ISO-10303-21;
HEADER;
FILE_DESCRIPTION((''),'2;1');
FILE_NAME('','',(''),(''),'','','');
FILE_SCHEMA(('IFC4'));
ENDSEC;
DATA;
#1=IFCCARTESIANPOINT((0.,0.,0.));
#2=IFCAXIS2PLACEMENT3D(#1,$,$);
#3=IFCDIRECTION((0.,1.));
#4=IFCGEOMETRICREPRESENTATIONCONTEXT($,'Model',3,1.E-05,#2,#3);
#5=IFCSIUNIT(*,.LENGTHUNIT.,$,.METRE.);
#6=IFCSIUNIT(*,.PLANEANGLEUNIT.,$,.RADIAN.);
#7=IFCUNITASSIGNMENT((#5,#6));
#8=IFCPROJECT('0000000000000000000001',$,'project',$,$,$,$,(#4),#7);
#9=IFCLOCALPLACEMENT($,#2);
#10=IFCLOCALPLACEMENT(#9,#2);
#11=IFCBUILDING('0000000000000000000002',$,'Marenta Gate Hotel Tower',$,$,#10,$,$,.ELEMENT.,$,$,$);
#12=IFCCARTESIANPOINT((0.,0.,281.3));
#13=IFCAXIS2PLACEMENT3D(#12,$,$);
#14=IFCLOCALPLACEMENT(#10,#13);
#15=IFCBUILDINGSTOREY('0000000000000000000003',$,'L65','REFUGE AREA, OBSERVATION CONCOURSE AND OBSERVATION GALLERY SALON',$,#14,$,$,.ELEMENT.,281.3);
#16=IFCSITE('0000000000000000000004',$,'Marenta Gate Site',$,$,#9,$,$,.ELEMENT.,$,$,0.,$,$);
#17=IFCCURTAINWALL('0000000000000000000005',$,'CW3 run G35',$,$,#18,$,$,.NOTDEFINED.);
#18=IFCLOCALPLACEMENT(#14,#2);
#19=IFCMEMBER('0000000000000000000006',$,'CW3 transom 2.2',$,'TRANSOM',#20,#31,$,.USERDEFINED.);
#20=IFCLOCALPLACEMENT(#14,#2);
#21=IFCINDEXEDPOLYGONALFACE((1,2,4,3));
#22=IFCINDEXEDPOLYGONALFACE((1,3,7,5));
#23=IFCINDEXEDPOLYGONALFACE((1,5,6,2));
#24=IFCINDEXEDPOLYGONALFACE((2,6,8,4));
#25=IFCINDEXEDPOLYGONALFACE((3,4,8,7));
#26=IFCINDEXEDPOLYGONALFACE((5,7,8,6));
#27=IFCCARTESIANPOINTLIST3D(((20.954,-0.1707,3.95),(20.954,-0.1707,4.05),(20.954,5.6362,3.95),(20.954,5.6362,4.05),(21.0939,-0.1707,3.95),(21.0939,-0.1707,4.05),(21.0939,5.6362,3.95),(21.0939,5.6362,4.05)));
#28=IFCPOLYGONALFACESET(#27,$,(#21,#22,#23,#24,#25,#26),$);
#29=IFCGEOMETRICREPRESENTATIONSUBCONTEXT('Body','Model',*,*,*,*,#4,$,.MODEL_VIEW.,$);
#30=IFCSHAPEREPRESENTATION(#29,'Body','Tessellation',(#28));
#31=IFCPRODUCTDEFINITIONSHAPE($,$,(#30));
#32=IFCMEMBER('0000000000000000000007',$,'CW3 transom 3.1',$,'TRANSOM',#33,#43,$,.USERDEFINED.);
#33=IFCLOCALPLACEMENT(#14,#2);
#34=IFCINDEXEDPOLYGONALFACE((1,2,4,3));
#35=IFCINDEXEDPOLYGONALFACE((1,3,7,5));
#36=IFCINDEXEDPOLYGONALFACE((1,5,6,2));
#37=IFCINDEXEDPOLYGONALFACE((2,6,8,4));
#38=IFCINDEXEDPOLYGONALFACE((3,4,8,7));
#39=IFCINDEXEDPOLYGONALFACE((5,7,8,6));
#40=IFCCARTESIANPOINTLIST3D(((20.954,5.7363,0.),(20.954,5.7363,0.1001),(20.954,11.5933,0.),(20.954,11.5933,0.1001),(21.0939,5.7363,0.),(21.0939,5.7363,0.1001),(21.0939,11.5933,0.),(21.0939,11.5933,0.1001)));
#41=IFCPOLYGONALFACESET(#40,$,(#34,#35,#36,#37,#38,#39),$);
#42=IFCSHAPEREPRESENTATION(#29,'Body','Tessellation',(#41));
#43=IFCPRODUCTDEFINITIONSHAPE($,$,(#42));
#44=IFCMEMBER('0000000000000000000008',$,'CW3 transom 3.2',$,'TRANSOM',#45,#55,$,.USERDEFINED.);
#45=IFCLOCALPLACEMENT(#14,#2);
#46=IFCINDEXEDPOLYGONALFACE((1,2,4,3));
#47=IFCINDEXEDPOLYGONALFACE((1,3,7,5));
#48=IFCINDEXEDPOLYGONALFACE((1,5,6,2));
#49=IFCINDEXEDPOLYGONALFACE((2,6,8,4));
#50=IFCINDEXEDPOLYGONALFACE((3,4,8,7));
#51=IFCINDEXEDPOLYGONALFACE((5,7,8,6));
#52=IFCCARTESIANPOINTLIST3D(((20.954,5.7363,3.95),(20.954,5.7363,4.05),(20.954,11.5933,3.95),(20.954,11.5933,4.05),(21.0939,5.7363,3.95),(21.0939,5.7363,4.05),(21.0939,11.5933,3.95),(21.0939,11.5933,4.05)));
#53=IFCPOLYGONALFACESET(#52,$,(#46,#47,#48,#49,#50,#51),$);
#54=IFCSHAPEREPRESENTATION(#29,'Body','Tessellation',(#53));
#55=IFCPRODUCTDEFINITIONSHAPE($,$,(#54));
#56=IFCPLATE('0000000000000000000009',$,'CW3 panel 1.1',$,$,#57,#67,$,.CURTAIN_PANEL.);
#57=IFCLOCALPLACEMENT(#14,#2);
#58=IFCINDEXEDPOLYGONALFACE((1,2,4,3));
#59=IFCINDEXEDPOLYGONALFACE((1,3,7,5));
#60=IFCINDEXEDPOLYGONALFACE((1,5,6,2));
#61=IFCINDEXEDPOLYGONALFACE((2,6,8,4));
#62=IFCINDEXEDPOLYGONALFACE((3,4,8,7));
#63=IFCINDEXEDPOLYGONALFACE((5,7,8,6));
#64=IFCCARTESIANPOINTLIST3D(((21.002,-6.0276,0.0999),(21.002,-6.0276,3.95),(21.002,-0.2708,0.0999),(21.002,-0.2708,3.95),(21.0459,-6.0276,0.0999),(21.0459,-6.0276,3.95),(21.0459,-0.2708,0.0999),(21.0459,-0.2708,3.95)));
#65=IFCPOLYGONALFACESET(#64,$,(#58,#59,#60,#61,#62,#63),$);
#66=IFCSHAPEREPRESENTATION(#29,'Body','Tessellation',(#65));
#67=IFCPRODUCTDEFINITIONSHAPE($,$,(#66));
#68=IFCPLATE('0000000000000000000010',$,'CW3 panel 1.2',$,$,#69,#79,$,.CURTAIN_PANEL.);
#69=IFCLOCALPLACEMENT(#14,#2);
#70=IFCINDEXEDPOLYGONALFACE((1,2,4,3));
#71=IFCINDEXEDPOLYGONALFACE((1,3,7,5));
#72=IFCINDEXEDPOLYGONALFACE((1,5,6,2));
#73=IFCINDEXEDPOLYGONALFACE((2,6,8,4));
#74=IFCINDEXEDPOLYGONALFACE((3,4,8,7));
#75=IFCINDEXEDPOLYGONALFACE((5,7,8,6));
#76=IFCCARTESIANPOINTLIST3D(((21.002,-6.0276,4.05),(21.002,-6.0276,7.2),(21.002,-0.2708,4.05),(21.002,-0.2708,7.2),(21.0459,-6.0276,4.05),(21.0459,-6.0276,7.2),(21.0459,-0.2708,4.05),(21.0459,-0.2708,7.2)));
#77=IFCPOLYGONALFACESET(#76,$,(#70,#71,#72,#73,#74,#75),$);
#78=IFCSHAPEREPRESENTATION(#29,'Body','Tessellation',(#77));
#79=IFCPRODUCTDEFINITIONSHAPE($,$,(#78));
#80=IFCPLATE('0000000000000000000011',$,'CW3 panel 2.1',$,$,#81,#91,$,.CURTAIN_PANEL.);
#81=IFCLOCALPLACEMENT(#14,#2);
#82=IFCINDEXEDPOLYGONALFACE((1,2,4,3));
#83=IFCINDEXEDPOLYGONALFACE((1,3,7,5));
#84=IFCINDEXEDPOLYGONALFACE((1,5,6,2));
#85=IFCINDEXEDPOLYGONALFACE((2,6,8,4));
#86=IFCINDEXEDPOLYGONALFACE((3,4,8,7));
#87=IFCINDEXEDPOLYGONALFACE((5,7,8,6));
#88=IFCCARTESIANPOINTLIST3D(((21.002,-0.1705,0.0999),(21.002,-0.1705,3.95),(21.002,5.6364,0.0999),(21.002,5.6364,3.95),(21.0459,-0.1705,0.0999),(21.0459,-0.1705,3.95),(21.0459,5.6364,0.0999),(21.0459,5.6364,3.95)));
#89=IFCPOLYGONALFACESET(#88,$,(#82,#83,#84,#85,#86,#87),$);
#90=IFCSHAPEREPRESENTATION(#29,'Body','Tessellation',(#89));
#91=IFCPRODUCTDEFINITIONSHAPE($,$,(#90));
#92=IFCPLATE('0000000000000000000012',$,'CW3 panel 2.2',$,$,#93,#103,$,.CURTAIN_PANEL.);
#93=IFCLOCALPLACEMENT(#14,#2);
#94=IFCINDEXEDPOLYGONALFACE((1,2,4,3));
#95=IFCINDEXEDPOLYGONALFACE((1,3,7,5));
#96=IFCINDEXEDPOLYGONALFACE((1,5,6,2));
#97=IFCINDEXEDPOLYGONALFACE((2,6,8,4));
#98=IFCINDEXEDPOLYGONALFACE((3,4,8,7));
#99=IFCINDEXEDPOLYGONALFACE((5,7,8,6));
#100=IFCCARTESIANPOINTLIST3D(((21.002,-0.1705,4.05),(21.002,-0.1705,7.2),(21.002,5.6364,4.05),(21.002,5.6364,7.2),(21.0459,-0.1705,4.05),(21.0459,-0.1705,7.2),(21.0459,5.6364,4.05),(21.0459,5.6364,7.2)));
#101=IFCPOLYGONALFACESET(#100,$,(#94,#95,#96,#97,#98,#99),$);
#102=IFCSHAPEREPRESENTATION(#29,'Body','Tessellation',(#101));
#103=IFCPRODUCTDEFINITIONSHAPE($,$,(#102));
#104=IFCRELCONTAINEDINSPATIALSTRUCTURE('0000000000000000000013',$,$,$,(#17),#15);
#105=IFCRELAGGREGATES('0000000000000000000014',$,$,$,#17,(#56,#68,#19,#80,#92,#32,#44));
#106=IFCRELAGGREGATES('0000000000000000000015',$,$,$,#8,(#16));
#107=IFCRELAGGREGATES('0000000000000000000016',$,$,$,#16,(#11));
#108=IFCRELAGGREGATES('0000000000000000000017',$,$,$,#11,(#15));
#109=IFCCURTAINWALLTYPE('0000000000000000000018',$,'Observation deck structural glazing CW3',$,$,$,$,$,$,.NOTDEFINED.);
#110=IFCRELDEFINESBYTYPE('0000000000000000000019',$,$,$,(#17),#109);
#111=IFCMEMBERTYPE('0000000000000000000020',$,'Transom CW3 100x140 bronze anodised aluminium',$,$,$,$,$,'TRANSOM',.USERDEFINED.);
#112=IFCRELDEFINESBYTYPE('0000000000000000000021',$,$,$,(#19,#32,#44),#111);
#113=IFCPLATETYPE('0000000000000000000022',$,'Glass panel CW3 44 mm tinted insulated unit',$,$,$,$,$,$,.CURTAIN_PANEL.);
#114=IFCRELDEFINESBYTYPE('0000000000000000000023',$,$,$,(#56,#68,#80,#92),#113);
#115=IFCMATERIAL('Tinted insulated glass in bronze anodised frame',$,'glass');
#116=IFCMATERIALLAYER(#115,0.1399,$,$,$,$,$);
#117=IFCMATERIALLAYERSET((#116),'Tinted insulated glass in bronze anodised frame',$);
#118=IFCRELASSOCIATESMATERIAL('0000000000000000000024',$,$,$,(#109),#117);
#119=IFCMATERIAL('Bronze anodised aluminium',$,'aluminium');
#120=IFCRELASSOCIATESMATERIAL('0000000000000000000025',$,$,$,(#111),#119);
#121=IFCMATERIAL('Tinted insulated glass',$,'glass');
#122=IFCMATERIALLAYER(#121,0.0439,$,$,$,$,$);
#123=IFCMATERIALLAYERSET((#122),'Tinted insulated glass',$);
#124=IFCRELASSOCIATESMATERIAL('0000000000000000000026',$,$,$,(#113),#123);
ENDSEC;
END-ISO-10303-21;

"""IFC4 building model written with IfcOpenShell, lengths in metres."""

from ifc_helpers import new_model, si_unit, direction, frame, origin, origin_2d, place, context, subcontext, project, spatial, rectangle, extrude, material, layer, layer_set, material_profile, profile_set, type_object, element, aggregate, save


model = new_model("IFC4")

# Units and contexts
model_context = context("Model", 3, precision=1e-05, world=origin(), true_north=direction((0.0, 1.0)))
body_context = subcontext(model_context, "Body", "Model", "MODEL_VIEW")
ifc_project = project(units=[si_unit("LENGTHUNIT", "METRE"), si_unit("PLANEANGLEUNIT", "RADIAN")], contexts=[model_context])

# Site, building, storey
site_placement = place(None, origin())
site = spatial("IfcSite", under=ifc_project, at=site_placement, Name="Marenta Gate Site", CompositionType="ELEMENT", RefElevation=0.0)
building_placement = place(site_placement, origin())
building = spatial("IfcBuilding", under=site, at=building_placement, Name="Marenta Gate Hotel Tower", CompositionType="ELEMENT")
storey_placement = place(building_placement, frame((0.0, 0.0, 281.3)))
storey = spatial("IfcBuildingStorey", under=building, at=storey_placement, Name="L65", Description="REFUGE AREA, OBSERVATION CONCOURSE AND OBSERVATION GALLERY SALON", CompositionType="ELEMENT", Elevation=281.3)

# Curtain wall, members, plates
ifc_material_1 = material(Name="Tinted insulated glass in bronze anodised frame", Category="glass")
ifc_layer_1 = layer(ifc_material_1, 0.1399)
ifc_layer_set_1 = layer_set([ifc_layer_1], Name="Tinted insulated glass in bronze anodised frame")
curtain_wall_type = type_object("IfcCurtainWallType", Name="Observation deck structural glazing CW3", PredefinedType="NOTDEFINED", material=ifc_layer_set_1)
curtain_wall_placement = place(storey_placement, origin())
curtain_wall = element("IfcCurtainWall", 1, at=curtain_wall_placement, inside=storey, type_object=curtain_wall_type, Name="CW3 run G35", PredefinedType="NOTDEFINED")
ifc_material_2 = material(Name="Bronze anodised aluminium", Category="aluminium")
ifc_material_profile_1 = material_profile(ifc_material_2, rectangle(XDim=0.1399, YDim=0.1001, at=origin_2d()), Name="Transom CW3 100x140 bronze anodised aluminium")
ifc_profile_set_1 = profile_set([ifc_material_profile_1], Name="Bronze anodised aluminium")
member_type_1 = type_object("IfcMemberType", Name="Transom CW3 100x140 bronze anodised aluminium", ElementType="TRANSOM", PredefinedType="USERDEFINED", material=ifc_profile_set_1)
member_1_placement = place(storey_placement, frame((21.0239, -0.1707, 4.0), z_axis=(0.0, 1.0, 0.0), x_axis=(-1.0, 0.0, 0.0)))
member_1 = element("IfcMember", 2, at=member_1_placement, type_object=member_type_1, Name="CW3 transom 2.2", ObjectType="TRANSOM", PredefinedType="USERDEFINED", context=body_context, shape_type="SweptSolid", body=[
    extrude(rectangle(XDim=0.1399, YDim=0.1001, at=origin_2d()), origin(), (0.0, 0.0, 1.0), 5.8069),
])
member_2_placement = place(storey_placement, frame((21.0239, 5.7363, 0.05), z_axis=(0.0, 1.0, 0.0), x_axis=(-1.0, 0.0, 0.0)))
member_2 = element("IfcMember", 3, at=member_2_placement, type_object=member_type_1, Name="CW3 transom 3.1", ObjectType="TRANSOM", PredefinedType="USERDEFINED", context=body_context, shape_type="SweptSolid", body=[
    extrude(rectangle(XDim=0.1399, YDim=0.1001, at=origin_2d()), origin(), (0.0, 0.0, 1.0), 5.8569),
])
member_3_placement = place(storey_placement, frame((21.0239, 5.7363, 4.0), z_axis=(0.0, 1.0, 0.0), x_axis=(-1.0, 0.0, 0.0)))
member_3 = element("IfcMember", 4, at=member_3_placement, type_object=member_type_1, Name="CW3 transom 3.2", ObjectType="TRANSOM", PredefinedType="USERDEFINED", context=body_context, shape_type="SweptSolid", body=[
    extrude(rectangle(XDim=0.1399, YDim=0.1001, at=origin_2d()), origin(), (0.0, 0.0, 1.0), 5.8569),
])
ifc_material_3 = material(Name="Tinted insulated glass", Category="glass")
ifc_layer_2 = layer(ifc_material_3, 0.0439)
ifc_layer_set_2 = layer_set([ifc_layer_2], Name="Tinted insulated glass")
plate_type = type_object("IfcPlateType", Name="Glass panel CW3 44 mm tinted insulated unit", PredefinedType="CURTAIN_PANEL", material=ifc_layer_set_2)
plate_1_placement = place(storey_placement, frame((21.0239, -3.1492, 0.0999), z_axis=(0.0, 0.0, 1.0), x_axis=(0.0, 1.0, 0.0)))
plate_1 = element("IfcPlate", 5, at=plate_1_placement, type_object=plate_type, Name="CW3 panel 1.1", PredefinedType="CURTAIN_PANEL", context=body_context, shape_type="SweptSolid", body=[
    extrude(rectangle(XDim=5.7568, YDim=0.0439, at=origin_2d()), origin(), (0.0, 0.0, 1.0), 3.8501),
])
plate_2_placement = place(storey_placement, frame((21.0239, -3.1492, 4.05), z_axis=(0.0, 0.0, 1.0), x_axis=(0.0, 1.0, 0.0)))
plate_2 = element("IfcPlate", 6, at=plate_2_placement, type_object=plate_type, Name="CW3 panel 1.2", PredefinedType="CURTAIN_PANEL", context=body_context, shape_type="SweptSolid", body=[
    extrude(rectangle(XDim=5.7568, YDim=0.0439, at=origin_2d()), origin(), (0.0, 0.0, 1.0), 3.1499),
])
plate_3_placement = place(storey_placement, frame((21.0239, 2.7329, 0.0999), z_axis=(0.0, 0.0, 1.0), x_axis=(0.0, 1.0, 0.0)))
plate_3 = element("IfcPlate", 7, at=plate_3_placement, type_object=plate_type, Name="CW3 panel 2.1", PredefinedType="CURTAIN_PANEL", context=body_context, shape_type="SweptSolid", body=[
    extrude(rectangle(XDim=5.8069, YDim=0.0439, at=origin_2d()), origin(), (0.0, 0.0, 1.0), 3.8501),
])
plate_4_placement = place(storey_placement, frame((21.0239, 2.7329, 4.05), z_axis=(0.0, 0.0, 1.0), x_axis=(0.0, 1.0, 0.0)))
plate_4 = element("IfcPlate", 8, at=plate_4_placement, type_object=plate_type, Name="CW3 panel 2.2", PredefinedType="CURTAIN_PANEL", context=body_context, shape_type="SweptSolid", body=[
    extrude(rectangle(XDim=5.8069, YDim=0.0439, at=origin_2d()), origin(), (0.0, 0.0, 1.0), 3.1499),
])
aggregate(curtain_wall, [plate_1, plate_2, member_1, plate_3, plate_4, member_2, member_3])

save(model, "model.ifc")
